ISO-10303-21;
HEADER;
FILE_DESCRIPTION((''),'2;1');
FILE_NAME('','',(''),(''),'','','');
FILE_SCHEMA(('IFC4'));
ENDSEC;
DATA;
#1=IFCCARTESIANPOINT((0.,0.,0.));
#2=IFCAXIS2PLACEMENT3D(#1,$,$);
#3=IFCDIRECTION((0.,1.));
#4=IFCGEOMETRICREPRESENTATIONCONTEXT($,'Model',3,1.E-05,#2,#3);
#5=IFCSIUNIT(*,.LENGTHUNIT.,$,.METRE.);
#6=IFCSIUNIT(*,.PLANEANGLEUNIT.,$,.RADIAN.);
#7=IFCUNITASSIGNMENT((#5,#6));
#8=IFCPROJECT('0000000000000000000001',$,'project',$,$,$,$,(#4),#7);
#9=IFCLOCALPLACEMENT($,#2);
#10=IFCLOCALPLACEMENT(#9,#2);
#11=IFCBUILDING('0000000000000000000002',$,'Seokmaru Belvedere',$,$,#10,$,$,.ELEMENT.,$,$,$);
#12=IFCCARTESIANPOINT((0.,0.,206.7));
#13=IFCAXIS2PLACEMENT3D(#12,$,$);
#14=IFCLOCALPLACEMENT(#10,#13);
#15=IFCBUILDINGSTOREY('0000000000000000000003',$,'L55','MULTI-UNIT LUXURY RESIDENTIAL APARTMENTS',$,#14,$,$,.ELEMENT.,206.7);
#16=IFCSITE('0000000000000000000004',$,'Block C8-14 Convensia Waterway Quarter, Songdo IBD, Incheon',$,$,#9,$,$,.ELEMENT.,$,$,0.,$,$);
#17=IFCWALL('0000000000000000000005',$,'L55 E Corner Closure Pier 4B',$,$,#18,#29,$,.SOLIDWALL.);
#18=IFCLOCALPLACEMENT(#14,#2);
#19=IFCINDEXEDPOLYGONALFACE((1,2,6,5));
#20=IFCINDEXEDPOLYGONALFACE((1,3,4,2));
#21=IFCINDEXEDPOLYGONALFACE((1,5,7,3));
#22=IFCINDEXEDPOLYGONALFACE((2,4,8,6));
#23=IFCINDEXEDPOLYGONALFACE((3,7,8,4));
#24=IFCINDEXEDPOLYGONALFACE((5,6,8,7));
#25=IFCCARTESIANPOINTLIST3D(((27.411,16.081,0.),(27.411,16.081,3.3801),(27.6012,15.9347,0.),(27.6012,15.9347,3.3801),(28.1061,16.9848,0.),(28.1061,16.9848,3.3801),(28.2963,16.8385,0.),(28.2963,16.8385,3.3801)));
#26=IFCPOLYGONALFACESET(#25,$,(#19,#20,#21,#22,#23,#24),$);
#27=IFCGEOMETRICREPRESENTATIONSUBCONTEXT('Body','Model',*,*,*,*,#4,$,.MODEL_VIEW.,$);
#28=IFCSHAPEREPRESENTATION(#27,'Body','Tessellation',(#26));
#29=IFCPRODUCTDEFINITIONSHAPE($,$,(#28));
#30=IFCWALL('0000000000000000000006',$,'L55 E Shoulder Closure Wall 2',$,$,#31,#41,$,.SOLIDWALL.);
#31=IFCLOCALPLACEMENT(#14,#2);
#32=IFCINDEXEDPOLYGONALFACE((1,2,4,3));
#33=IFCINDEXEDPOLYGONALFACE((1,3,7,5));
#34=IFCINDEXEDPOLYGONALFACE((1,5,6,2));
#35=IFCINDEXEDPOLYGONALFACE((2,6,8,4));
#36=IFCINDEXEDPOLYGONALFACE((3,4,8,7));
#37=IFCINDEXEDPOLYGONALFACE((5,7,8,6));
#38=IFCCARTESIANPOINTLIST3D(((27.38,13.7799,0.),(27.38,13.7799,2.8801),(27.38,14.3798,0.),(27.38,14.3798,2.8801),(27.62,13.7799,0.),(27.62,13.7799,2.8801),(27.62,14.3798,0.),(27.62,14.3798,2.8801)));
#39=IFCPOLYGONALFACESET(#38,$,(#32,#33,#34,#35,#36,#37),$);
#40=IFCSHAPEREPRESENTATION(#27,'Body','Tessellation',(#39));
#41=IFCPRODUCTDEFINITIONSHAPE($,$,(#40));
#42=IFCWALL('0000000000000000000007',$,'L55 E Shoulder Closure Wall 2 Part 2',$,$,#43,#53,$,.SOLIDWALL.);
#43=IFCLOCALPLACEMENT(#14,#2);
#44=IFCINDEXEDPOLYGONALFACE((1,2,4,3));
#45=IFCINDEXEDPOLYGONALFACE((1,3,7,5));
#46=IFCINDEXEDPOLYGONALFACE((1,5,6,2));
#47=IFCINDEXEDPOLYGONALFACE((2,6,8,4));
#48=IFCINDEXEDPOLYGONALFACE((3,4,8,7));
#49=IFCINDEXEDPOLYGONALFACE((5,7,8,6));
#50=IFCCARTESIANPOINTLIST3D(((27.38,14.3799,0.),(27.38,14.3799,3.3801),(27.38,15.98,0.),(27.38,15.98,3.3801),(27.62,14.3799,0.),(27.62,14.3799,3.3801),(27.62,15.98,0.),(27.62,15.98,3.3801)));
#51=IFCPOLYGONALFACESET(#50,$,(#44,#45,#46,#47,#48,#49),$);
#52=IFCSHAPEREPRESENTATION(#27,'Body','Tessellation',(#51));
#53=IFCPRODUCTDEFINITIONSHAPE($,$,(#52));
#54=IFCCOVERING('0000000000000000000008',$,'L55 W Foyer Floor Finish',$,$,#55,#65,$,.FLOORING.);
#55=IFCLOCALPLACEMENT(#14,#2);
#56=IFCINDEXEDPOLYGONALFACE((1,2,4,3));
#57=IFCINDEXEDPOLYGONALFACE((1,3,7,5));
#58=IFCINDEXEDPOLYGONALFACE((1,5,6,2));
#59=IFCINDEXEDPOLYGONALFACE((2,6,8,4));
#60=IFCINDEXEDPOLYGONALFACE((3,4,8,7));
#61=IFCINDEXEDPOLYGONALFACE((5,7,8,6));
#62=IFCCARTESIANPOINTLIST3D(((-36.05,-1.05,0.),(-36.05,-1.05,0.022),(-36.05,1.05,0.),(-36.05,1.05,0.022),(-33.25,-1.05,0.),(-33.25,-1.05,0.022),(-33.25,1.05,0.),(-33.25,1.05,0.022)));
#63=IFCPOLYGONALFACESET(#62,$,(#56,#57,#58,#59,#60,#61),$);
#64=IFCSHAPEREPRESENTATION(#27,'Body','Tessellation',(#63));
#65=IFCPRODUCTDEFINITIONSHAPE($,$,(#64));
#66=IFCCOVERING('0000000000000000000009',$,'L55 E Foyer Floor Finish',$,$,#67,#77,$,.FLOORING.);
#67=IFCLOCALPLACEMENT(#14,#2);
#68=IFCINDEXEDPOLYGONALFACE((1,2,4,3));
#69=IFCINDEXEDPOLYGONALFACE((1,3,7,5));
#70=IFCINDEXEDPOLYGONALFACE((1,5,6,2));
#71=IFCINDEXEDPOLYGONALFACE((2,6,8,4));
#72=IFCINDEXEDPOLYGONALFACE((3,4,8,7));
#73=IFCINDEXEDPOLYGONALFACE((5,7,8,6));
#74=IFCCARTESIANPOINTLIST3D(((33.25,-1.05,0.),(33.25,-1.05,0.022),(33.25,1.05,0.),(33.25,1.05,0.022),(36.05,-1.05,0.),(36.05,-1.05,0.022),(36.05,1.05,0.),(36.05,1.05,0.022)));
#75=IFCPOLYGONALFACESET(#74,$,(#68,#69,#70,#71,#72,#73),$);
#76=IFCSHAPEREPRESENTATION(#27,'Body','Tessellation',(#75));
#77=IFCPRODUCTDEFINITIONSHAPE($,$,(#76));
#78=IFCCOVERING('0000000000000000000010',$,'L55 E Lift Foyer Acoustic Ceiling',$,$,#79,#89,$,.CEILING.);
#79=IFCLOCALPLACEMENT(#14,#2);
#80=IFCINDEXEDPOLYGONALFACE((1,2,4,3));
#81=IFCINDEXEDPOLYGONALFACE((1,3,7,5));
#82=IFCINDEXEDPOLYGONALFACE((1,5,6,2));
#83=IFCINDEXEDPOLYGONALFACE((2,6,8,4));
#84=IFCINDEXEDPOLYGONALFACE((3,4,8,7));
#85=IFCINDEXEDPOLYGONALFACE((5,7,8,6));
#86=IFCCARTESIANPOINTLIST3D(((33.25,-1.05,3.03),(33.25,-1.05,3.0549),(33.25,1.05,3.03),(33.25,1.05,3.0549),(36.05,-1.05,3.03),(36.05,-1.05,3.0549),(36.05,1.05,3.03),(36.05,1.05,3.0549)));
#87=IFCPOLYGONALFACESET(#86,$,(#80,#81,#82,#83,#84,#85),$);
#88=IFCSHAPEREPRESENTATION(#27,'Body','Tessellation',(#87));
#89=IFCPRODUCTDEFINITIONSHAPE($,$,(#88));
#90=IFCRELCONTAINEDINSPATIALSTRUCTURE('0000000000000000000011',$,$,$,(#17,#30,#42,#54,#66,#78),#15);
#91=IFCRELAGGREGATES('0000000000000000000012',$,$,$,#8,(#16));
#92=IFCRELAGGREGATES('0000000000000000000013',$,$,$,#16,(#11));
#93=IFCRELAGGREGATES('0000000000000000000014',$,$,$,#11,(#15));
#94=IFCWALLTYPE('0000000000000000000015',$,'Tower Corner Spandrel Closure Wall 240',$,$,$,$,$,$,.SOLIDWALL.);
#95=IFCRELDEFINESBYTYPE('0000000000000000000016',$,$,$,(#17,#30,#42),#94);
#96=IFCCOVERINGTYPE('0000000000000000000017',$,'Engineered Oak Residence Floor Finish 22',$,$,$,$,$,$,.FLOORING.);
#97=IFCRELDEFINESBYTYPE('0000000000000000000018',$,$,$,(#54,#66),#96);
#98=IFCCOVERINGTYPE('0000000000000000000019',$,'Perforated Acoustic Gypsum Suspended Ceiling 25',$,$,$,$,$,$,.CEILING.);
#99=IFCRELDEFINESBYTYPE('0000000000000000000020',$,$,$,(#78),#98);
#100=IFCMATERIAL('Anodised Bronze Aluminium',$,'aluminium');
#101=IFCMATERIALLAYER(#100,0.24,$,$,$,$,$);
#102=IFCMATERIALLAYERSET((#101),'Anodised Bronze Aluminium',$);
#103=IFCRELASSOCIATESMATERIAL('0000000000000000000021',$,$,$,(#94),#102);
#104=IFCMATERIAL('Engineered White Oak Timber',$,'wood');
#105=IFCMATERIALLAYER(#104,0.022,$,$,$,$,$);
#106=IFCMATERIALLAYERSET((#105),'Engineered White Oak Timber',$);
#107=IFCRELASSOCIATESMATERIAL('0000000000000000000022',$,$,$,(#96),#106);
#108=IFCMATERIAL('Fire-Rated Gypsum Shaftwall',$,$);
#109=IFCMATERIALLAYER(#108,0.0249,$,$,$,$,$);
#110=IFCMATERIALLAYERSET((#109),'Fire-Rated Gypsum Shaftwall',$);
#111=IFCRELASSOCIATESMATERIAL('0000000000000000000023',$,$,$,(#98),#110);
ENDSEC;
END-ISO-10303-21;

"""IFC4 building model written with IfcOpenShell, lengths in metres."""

from ifc_helpers import new_model, si_unit, direction, frame, frame_2d, origin, place, context, subcontext, project, spatial, polyline, rectangle, outline, extrude, material, layer, layer_set, type_object, element, save


model = new_model("IFC4")

# Units and contexts
model_context = context("Model", 3, precision=1e-05, world=origin(), true_north=direction((0.0, 1.0)))
body_context = subcontext(model_context, "Body", "Model", "MODEL_VIEW")
ifc_project = project(units=[si_unit("LENGTHUNIT", "METRE"), si_unit("PLANEANGLEUNIT", "RADIAN")], contexts=[model_context])

# Site, building, storey
site_placement = place(None, origin())
site = spatial("IfcSite", under=ifc_project, at=site_placement, Name="Block C8-14 Convensia Waterway Quarter, Songdo IBD, Incheon", CompositionType="ELEMENT", RefElevation=0.0)
building_placement = place(site_placement, origin())
building = spatial("IfcBuilding", under=site, at=building_placement, Name="Seokmaru Belvedere", CompositionType="ELEMENT")
storey_placement = place(building_placement, frame((0.0, 0.0, 206.7)))
storey = spatial("IfcBuildingStorey", under=building, at=storey_placement, Name="L55", Description="MULTI-UNIT LUXURY RESIDENTIAL APARTMENTS", CompositionType="ELEMENT", Elevation=206.7)

# Shared definitions
ifc_material_1 = material(Name="Anodised Bronze Aluminium", Category="aluminium")

# Shared definitions
ifc_material_2 = material(Name="Fire-Rated Gypsum Shaftwall")

# Walls
ifc_layer_1 = layer(ifc_material_1, 0.24)
ifc_layer_set_1 = layer_set([ifc_layer_1], Name="Anodised Bronze Aluminium")
wall_type_1 = type_object("IfcWallType", Name="Tower Corner Spandrel Closure Wall 240", PredefinedType="SOLIDWALL", material=ifc_layer_set_1)
wall_1_placement = place(storey_placement, frame((28.2012, 16.9116, 0.0), z_axis=(0.0, 0.0, 1.0), x_axis=(-0.609618, -0.792696, 0.0)))
element("IfcWall", 1, at=wall_1_placement, inside=storey, type_object=wall_type_1, Name="L55 E Corner Closure Pier 4B", PredefinedType="SOLIDWALL", context=body_context, shape_type="SweptSolid", body=[
    extrude(rectangle(XDim=1.1401, YDim=0.24, at=frame_2d((0.5701, 0.0))), origin(), (0.0, 0.0, 1.0), 3.3801),
])
wall_2_placement = place(storey_placement, frame((27.5, 13.78, 0.0), z_axis=(0.0, 0.0, 1.0), x_axis=(0.0, 1.0, 0.0)))
element("IfcWall", 2, at=wall_2_placement, inside=storey, type_object=wall_type_1, Name="L55 E Shoulder Closure Wall 2", PredefinedType="SOLIDWALL", context=body_context, shape_type="SweptSolid", body=[
    extrude(rectangle(XDim=0.5999, YDim=0.24, at=frame_2d((0.2998, 0.0))), origin(), (0.0, 0.0, 1.0), 2.8801),
])
wall_3_placement = place(storey_placement, frame((27.5, 14.3799, 0.0), z_axis=(0.0, 0.0, 1.0), x_axis=(0.0, 1.0, 0.0)))
element("IfcWall", 3, at=wall_3_placement, inside=storey, type_object=wall_type_1, Name="L55 E Shoulder Closure Wall 2 Part 2", PredefinedType="SOLIDWALL", context=body_context, shape_type="SweptSolid", body=[
    extrude(rectangle(XDim=1.6001, YDim=0.24, at=frame_2d((0.8, 0.0))), origin(), (0.0, 0.0, 1.0), 3.3801),
])

# Coverings
ifc_material_3 = material(Name="Engineered White Oak Timber", Category="wood")
ifc_layer_2 = layer(ifc_material_3, 0.022)
ifc_layer_set_2 = layer_set([ifc_layer_2], Name="Engineered White Oak Timber")
covering_type_1 = type_object("IfcCoveringType", Name="Engineered Oak Residence Floor Finish 22", PredefinedType="FLOORING", material=ifc_layer_set_2)
covering_1_placement = place(storey_placement, origin())
element("IfcCovering", 4, at=covering_1_placement, inside=storey, type_object=covering_type_1, Name="L55 W Foyer Floor Finish", PredefinedType="FLOORING", context=body_context, shape_type="SweptSolid", body=[
    extrude(outline(polyline([(-36.05, -1.05), (-33.25, -1.05), (-33.25, 1.05), (-36.05, 1.05), (-36.05, -1.05)])), origin(), (0.0, 0.0, 1.0), 0.022),
])
covering_2_placement = place(storey_placement, origin())
element("IfcCovering", 5, at=covering_2_placement, inside=storey, type_object=covering_type_1, Name="L55 E Foyer Floor Finish", PredefinedType="FLOORING", context=body_context, shape_type="SweptSolid", body=[
    extrude(outline(polyline([(33.25, -1.05), (36.05, -1.05), (36.05, 1.05), (33.25, 1.05), (33.25, -1.05)])), origin(), (0.0, 0.0, 1.0), 0.022),
])
ifc_layer_3 = layer(ifc_material_2, 0.0249)
ifc_layer_set_3 = layer_set([ifc_layer_3], Name="Fire-Rated Gypsum Shaftwall")
covering_type_2 = type_object("IfcCoveringType", Name="Perforated Acoustic Gypsum Suspended Ceiling 25", PredefinedType="CEILING", material=ifc_layer_set_3)
covering_3_placement = place(storey_placement, frame((0.0, 0.0, 3.03)))
element("IfcCovering", 6, at=covering_3_placement, inside=storey, type_object=covering_type_2, Name="L55 E Lift Foyer Acoustic Ceiling", PredefinedType="CEILING", context=body_context, shape_type="SweptSolid", body=[
    extrude(outline(polyline([(33.25, -1.05), (36.05, -1.05), (36.05, 1.05), (33.25, 1.05), (33.25, -1.05)])), origin(), (0.0, 0.0, 1.0), 0.0249),
])

save(model, "model.ifc")
